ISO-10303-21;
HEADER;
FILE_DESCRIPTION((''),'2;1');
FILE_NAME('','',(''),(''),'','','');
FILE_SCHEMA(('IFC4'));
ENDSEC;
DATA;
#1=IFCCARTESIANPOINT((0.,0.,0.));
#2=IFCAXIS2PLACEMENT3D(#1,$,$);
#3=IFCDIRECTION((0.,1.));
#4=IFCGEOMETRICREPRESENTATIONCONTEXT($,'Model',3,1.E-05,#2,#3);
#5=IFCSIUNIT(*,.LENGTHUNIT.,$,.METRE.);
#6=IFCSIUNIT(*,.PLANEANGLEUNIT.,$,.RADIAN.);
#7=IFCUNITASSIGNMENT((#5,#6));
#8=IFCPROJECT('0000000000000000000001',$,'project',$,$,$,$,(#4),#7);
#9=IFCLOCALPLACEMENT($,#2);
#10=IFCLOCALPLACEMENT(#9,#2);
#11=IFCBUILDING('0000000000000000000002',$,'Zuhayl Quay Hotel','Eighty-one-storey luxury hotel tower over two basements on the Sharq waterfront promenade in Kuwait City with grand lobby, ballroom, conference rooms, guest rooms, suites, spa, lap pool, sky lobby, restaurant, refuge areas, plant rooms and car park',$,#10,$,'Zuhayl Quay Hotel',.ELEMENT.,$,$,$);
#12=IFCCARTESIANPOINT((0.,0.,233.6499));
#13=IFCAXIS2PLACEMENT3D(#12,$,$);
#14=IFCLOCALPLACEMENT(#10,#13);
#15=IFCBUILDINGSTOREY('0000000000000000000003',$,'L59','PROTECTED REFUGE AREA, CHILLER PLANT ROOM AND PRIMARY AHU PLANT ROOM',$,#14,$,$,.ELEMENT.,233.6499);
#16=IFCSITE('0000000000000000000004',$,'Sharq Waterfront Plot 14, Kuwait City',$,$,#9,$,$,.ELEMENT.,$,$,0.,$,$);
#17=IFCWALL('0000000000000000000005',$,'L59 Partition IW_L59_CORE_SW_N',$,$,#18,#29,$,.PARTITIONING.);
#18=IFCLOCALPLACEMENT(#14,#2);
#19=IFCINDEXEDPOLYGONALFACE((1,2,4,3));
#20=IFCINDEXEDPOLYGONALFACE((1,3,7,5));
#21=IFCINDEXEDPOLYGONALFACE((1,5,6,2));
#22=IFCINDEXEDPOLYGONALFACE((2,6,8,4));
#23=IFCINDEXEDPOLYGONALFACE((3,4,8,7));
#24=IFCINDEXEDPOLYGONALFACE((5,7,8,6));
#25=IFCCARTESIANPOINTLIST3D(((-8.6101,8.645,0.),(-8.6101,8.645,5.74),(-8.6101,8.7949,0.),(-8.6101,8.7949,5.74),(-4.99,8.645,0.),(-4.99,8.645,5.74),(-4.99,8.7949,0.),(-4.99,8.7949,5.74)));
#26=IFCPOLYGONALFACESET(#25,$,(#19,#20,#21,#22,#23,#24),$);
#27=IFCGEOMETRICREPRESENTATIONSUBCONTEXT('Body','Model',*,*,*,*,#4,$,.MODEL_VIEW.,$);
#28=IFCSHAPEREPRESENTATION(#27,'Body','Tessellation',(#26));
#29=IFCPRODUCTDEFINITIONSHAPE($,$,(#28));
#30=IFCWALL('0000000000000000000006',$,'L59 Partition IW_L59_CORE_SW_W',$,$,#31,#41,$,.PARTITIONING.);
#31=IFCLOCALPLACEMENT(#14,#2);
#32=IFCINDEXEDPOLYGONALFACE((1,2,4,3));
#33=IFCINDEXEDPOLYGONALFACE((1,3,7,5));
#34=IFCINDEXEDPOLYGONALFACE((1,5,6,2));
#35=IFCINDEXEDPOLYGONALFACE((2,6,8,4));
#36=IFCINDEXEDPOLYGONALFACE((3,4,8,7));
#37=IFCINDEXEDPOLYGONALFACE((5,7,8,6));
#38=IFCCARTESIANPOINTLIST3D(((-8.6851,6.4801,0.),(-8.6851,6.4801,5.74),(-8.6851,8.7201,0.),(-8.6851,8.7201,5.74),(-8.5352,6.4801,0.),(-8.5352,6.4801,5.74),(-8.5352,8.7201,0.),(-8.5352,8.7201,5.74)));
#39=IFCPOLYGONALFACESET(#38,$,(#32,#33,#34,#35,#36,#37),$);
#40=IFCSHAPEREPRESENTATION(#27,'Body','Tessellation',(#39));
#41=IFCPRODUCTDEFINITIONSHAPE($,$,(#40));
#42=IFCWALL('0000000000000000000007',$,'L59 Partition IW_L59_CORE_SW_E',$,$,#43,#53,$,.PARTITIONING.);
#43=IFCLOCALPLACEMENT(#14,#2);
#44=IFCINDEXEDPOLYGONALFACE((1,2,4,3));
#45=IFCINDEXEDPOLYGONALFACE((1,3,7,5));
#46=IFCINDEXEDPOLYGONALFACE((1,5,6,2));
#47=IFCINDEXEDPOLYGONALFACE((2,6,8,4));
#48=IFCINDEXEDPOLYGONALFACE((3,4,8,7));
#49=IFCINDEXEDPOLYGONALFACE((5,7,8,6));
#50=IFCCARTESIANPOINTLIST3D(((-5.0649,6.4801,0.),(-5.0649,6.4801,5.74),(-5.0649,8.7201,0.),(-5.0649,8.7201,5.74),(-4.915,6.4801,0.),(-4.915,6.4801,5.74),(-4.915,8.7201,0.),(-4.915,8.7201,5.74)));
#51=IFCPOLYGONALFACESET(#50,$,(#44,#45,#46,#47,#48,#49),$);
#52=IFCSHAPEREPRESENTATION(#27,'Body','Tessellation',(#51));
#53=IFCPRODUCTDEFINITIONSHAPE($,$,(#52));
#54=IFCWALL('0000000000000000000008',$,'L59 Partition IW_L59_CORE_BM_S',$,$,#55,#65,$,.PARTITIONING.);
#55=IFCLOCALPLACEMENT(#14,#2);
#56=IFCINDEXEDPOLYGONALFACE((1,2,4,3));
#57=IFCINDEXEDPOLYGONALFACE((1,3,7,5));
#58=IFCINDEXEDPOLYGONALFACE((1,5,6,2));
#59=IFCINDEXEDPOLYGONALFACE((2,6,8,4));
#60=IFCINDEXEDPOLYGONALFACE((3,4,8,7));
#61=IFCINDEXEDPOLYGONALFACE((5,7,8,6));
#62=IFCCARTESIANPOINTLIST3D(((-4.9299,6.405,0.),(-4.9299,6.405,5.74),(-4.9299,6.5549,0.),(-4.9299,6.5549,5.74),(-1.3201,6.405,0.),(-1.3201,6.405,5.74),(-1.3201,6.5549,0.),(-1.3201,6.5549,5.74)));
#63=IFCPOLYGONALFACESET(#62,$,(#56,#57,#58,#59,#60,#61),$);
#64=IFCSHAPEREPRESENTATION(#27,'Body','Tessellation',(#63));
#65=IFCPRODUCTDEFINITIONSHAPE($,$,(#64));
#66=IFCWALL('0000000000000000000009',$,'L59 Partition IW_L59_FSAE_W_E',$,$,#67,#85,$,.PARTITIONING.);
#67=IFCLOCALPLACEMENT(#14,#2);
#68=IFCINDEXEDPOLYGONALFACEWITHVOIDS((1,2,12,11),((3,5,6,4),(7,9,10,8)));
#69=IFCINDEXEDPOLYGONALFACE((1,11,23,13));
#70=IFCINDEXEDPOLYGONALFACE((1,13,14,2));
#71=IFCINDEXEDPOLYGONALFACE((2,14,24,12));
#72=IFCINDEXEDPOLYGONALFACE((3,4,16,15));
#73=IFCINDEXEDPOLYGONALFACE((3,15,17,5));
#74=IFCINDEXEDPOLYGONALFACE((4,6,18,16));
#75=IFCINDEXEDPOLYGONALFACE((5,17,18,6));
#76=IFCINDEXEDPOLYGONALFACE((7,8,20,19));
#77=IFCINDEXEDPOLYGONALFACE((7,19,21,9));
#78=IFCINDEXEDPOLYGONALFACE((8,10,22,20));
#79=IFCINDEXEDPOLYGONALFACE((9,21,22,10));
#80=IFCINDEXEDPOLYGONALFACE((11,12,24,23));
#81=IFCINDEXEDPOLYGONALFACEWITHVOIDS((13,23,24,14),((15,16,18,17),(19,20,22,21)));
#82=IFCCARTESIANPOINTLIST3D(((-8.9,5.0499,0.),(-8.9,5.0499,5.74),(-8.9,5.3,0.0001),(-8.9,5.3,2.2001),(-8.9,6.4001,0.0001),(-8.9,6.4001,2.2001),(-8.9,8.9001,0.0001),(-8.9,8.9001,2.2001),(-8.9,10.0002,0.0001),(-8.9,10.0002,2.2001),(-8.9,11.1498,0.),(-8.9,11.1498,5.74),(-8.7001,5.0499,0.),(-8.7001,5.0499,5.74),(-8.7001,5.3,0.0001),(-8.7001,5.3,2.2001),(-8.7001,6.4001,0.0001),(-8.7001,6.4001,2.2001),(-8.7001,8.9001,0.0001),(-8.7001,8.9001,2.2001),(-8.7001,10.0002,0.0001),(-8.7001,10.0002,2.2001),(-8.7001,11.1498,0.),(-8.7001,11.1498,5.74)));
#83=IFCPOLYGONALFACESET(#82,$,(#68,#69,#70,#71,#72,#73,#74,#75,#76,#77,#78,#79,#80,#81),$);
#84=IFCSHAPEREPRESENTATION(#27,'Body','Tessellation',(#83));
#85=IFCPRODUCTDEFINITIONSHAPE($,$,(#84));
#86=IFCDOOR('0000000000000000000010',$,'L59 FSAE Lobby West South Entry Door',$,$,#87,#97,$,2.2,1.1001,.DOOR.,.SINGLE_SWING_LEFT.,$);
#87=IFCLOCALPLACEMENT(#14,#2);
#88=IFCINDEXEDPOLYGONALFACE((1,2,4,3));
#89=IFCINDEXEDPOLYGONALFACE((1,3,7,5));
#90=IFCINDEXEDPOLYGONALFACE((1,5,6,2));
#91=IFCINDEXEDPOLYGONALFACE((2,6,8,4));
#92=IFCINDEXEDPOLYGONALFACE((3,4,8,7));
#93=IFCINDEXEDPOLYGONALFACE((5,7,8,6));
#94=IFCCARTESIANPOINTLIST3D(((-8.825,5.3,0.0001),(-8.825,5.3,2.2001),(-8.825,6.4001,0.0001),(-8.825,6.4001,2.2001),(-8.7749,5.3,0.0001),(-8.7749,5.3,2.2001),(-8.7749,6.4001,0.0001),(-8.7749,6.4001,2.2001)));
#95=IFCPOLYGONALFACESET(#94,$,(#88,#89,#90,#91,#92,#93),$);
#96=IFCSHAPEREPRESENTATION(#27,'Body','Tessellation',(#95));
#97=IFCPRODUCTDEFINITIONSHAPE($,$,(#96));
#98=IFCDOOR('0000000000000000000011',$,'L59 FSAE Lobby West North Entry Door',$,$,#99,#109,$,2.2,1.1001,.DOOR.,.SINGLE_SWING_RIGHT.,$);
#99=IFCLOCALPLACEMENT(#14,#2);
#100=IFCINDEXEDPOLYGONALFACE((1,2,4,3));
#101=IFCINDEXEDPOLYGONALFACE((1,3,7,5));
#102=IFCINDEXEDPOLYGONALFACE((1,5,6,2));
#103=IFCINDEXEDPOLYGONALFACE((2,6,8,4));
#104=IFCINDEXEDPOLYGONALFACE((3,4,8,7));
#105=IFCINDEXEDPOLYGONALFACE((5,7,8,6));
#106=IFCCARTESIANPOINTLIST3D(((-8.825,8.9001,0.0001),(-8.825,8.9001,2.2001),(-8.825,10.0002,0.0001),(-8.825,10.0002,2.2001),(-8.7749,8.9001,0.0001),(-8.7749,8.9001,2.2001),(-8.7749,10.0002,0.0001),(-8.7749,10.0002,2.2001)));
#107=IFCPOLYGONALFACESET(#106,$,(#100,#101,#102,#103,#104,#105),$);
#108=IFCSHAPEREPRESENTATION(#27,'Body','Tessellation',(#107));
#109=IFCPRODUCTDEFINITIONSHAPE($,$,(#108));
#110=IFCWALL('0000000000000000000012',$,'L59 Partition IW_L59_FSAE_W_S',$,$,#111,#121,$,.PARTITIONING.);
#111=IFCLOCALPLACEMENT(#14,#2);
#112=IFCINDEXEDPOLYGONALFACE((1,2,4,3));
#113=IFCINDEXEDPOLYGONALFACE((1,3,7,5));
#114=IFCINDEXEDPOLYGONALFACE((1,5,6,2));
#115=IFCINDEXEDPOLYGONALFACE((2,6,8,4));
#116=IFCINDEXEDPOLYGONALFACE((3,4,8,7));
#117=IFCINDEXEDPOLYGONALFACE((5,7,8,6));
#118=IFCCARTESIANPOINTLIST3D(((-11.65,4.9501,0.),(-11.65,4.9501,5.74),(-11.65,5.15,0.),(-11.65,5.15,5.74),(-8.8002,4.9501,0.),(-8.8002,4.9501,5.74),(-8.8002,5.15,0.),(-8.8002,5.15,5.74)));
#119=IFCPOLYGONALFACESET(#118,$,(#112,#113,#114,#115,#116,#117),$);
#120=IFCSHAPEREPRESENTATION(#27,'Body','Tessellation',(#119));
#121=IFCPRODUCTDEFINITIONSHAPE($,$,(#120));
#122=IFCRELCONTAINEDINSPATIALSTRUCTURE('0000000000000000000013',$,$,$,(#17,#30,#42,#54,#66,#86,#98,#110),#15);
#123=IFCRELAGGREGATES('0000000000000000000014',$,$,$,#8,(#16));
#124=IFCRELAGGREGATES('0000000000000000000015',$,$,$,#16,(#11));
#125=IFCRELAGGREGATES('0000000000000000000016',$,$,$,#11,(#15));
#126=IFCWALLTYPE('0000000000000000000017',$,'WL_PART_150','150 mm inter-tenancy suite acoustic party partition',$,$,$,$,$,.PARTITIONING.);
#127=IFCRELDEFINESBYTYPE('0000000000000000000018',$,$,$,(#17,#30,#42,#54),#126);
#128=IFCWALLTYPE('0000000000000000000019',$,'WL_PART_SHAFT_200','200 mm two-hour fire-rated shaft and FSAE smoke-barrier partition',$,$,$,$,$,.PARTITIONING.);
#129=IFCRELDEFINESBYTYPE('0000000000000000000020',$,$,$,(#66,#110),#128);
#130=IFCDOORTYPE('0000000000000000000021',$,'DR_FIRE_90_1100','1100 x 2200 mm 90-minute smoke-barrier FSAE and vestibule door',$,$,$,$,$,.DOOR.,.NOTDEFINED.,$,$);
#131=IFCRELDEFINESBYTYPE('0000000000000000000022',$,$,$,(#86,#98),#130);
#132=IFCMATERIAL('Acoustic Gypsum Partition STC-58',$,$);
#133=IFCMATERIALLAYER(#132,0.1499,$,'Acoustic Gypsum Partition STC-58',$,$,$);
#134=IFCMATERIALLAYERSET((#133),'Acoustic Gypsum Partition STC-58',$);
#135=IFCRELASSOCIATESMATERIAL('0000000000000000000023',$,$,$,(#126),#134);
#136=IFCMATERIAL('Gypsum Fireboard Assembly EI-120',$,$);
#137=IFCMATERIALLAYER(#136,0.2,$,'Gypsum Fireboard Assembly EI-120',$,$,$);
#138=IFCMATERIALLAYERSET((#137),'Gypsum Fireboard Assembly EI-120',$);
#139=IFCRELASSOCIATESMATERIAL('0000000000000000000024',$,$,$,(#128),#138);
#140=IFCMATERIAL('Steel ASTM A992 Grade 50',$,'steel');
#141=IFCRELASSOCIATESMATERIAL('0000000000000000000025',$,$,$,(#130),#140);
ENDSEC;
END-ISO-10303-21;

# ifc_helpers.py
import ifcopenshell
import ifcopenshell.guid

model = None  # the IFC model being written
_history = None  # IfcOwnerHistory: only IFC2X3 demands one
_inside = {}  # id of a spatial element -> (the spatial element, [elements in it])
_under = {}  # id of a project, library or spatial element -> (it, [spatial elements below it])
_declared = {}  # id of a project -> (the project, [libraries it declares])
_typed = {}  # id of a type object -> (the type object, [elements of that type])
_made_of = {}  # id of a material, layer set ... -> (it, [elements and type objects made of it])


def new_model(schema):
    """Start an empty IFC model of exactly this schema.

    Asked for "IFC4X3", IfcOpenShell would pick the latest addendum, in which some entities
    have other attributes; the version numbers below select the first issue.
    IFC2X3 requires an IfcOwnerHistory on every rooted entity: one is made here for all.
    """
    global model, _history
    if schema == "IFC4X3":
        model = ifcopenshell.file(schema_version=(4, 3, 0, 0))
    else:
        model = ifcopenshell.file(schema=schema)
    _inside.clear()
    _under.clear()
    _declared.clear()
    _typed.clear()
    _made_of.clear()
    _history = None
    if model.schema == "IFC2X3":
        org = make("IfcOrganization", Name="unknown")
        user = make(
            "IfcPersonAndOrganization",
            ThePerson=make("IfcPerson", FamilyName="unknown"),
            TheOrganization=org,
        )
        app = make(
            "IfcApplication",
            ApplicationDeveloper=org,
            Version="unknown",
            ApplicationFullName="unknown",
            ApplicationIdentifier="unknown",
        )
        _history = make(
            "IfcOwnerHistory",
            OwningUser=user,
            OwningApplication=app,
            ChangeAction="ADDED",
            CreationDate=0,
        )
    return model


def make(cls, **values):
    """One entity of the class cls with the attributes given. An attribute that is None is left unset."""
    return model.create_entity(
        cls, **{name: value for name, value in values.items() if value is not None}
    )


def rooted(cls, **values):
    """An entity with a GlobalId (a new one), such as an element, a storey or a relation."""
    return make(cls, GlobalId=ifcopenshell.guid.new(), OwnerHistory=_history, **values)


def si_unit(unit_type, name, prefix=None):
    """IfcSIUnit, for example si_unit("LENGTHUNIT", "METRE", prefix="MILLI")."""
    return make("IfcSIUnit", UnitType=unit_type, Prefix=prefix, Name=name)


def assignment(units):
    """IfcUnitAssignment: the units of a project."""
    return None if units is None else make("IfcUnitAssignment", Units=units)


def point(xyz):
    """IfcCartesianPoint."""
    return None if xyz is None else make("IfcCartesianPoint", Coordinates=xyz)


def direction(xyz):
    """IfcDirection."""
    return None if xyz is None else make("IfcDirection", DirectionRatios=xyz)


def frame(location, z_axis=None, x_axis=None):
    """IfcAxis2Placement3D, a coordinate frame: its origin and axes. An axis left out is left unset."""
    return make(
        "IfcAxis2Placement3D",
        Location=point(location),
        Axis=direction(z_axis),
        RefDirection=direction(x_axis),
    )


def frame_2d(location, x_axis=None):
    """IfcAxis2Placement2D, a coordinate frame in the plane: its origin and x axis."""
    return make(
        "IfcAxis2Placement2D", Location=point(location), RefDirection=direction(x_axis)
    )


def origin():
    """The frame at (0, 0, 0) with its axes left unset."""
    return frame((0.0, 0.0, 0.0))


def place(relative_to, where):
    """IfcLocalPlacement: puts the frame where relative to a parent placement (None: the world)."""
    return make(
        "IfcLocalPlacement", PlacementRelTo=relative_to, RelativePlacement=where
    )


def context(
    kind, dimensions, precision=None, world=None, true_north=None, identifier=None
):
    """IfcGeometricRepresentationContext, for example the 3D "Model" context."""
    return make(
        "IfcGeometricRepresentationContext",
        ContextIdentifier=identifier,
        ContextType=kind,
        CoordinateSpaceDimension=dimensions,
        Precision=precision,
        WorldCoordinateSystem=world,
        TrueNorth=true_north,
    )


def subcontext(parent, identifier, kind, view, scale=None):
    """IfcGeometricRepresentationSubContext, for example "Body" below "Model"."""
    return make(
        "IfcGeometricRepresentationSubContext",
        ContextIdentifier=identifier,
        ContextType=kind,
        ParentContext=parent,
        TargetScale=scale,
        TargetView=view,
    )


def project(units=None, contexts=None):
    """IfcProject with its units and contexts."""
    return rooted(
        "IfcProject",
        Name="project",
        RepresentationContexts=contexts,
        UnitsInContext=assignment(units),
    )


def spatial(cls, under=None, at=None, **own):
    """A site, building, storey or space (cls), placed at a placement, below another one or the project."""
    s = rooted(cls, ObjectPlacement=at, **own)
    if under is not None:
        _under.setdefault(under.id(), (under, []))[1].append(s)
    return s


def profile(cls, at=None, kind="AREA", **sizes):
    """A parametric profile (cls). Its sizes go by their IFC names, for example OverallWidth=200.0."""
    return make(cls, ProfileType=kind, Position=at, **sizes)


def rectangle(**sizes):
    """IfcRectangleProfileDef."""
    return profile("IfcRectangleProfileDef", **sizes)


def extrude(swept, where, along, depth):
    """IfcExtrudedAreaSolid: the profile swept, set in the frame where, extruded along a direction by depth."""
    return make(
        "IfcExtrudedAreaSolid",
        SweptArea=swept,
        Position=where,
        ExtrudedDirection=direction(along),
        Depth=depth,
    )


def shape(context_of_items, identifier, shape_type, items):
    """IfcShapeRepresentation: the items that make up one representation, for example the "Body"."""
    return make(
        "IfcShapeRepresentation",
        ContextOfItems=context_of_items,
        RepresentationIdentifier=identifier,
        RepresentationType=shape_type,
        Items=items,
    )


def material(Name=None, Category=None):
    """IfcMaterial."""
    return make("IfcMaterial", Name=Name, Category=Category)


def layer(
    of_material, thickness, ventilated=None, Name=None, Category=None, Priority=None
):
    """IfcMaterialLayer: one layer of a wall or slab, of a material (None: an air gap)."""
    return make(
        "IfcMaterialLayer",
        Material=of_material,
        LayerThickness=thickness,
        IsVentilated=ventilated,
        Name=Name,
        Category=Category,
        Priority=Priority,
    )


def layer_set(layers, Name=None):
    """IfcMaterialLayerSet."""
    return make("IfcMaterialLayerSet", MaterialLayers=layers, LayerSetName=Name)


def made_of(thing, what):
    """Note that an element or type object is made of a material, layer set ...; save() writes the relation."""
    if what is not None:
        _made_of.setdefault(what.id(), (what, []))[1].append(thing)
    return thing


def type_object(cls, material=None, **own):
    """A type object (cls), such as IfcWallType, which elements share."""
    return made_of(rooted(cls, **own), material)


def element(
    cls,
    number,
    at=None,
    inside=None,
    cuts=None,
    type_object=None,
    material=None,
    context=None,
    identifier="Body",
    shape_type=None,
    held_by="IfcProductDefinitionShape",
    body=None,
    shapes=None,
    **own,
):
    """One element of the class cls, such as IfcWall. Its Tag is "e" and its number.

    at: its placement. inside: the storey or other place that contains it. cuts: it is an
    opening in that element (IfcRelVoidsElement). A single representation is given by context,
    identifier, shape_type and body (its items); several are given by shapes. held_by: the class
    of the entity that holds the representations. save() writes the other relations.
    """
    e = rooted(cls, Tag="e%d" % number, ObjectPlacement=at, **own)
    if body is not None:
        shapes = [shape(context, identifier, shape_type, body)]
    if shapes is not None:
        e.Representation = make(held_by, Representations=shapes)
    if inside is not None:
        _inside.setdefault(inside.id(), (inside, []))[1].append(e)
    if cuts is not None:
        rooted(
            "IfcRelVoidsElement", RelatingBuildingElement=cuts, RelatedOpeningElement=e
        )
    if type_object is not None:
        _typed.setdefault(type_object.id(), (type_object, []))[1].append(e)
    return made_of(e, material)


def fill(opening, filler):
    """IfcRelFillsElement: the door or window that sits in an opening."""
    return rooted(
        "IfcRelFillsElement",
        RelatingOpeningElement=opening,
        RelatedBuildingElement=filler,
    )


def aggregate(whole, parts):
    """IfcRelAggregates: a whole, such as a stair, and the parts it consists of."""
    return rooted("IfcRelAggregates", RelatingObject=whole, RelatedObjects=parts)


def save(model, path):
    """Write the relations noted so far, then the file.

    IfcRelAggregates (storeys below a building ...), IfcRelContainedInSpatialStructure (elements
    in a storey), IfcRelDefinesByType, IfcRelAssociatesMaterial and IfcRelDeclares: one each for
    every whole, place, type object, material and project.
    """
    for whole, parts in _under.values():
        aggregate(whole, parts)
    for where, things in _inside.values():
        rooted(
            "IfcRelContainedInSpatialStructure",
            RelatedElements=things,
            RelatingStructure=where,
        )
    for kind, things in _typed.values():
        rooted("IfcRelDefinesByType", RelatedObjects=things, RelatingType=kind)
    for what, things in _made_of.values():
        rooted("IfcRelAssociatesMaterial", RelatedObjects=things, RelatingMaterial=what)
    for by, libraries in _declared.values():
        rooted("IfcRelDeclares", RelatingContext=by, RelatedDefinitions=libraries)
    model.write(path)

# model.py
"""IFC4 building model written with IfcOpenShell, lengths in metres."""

from ifc_helpers import new_model, si_unit, direction, frame, frame_2d, origin, place, context, subcontext, project, spatial, rectangle, extrude, material, layer, layer_set, type_object, element, fill, save


model = new_model("IFC4")

# Units and contexts
model_context = context("Model", 3, precision=1e-05, world=origin(), true_north=direction((0.0, 1.0)))
body_context = subcontext(model_context, "Body", "Model", "MODEL_VIEW")
ifc_project = project(units=[si_unit("LENGTHUNIT", "METRE"), si_unit("PLANEANGLEUNIT", "RADIAN")], contexts=[model_context])

# Site, building, storey
site_placement = place(None, origin())
site = spatial("IfcSite", under=ifc_project, at=site_placement, Name="Sharq Waterfront Plot 14, Kuwait City", CompositionType="ELEMENT", RefElevation=0.0)
building_placement = place(site_placement, origin())
building = spatial("IfcBuilding", under=site, at=building_placement, Name="Zuhayl Quay Hotel", Description="Eighty-one-storey luxury hotel tower over two basements on the Sharq waterfront promenade in Kuwait City with grand lobby, ballroom, conference rooms, guest rooms, suites, spa, lap pool, sky lobby, restaurant, refuge areas, plant rooms and car park", LongName="Zuhayl Quay Hotel", CompositionType="ELEMENT")
storey_placement = place(building_placement, frame((0.0, 0.0, 233.6499)))
storey = spatial("IfcBuildingStorey", under=building, at=storey_placement, Name="L59", Description="PROTECTED REFUGE AREA, CHILLER PLANT ROOM AND PRIMARY AHU PLANT ROOM", CompositionType="ELEMENT", Elevation=233.6499)

# Shared definitions
ifc_material_1 = material(Name="Acoustic Gypsum Partition STC-58")
ifc_layer_1 = layer(ifc_material_1, 0.1499, Name="Acoustic Gypsum Partition STC-58")
ifc_layer_set_1 = layer_set([ifc_layer_1], Name="Acoustic Gypsum Partition STC-58")
wall_type_1 = type_object("IfcWallType", Name="WL_PART_150", Description="150 mm inter-tenancy suite acoustic party partition", PredefinedType="PARTITIONING", material=ifc_layer_set_1)
ifc_material_2 = material(Name="Steel ASTM A992 Grade 50", Category="steel")

# Walls
wall_1_placement = place(storey_placement, frame((-8.6101, 8.72, 0.0), z_axis=(0.0, 0.0, 1.0), x_axis=(1.0, 0.0, 0.0)))
element("IfcWall", 1, at=wall_1_placement, inside=storey, type_object=wall_type_1, Name="L59 Partition IW_L59_CORE_SW_N", PredefinedType="PARTITIONING", context=body_context, shape_type="SweptSolid", body=[
    extrude(rectangle(XDim=3.6201, YDim=0.1499, at=frame_2d((1.8101, 0.0))), origin(), (0.0, 0.0, 1.0), 5.74),
])
for number, where, z_axis, x_axis, name in (
    (2, (-8.6101, 6.48, 0.0), (0.0, 0.0, 1.0), (0.0, 1.0, 0.0), "L59 Partition IW_L59_CORE_SW_W"),
    (3, (-4.99, 6.48, 0.0), (0.0, 0.0, 1.0), (0.0, 1.0, 0.0), "L59 Partition IW_L59_CORE_SW_E"),
):
    element("IfcWall", number, at=place(storey_placement, frame(where, z_axis=z_axis, x_axis=x_axis)), inside=storey, type_object=wall_type_1, Name=name, PredefinedType="PARTITIONING", context=body_context, shape_type="SweptSolid", body=[
        extrude(rectangle(XDim=2.24, YDim=0.1499, at=frame_2d((1.1201, 0.0))), origin(), (0.0, 0.0, 1.0), 5.74),
    ])
wall_2_placement = place(storey_placement, frame((-4.9299, 6.48, 0.0), z_axis=(0.0, 0.0, 1.0), x_axis=(1.0, 0.0, 0.0)))
element("IfcWall", 4, at=wall_2_placement, inside=storey, type_object=wall_type_1, Name="L59 Partition IW_L59_CORE_BM_S", PredefinedType="PARTITIONING", context=body_context, shape_type="SweptSolid", body=[
    extrude(rectangle(XDim=3.6099, YDim=0.1499, at=frame_2d((1.8049, 0.0))), origin(), (0.0, 0.0, 1.0), 5.74),
])

# Wall, openings, doors
ifc_material_3 = material(Name="Gypsum Fireboard Assembly EI-120")
ifc_layer_2 = layer(ifc_material_3, 0.2, Name="Gypsum Fireboard Assembly EI-120")
ifc_layer_set_2 = layer_set([ifc_layer_2], Name="Gypsum Fireboard Assembly EI-120")
wall_type_2 = type_object("IfcWallType", Name="WL_PART_SHAFT_200", Description="200 mm two-hour fire-rated shaft and FSAE smoke-barrier partition", PredefinedType="PARTITIONING", material=ifc_layer_set_2)
wall_3_placement = place(storey_placement, frame((-8.8, 5.05, 0.0), z_axis=(0.0, 0.0, 1.0), x_axis=(0.0, 1.0, 0.0)))
wall_3 = element("IfcWall", 5, at=wall_3_placement, inside=storey, type_object=wall_type_2, Name="L59 Partition IW_L59_FSAE_W_E", PredefinedType="PARTITIONING", context=body_context, shape_type="SweptSolid", body=[
    extrude(rectangle(XDim=6.0999, YDim=0.2, at=frame_2d((3.0498, 0.0))), origin(), (0.0, 0.0, 1.0), 5.74),
])
opening_1_placement = place(wall_3_placement, frame((0.25, 0.0, 0.0)))
opening_1 = element("IfcOpeningElement", 6, at=opening_1_placement, cuts=wall_3, PredefinedType="OPENING", context=body_context, shape_type="SweptSolid", body=[
    extrude(rectangle(XDim=1.1001, YDim=2.2, at=frame_2d((0.55, 1.1001))), frame((0.0, 0.1099, 0.0), z_axis=(0.0, -1.0, 0.0), x_axis=(1.0, 0.0, 0.0)), (0.0, 0.0, 1.0), 0.22),
])
opening_2_placement = place(wall_3_placement, frame((3.8501, 0.0, 0.0)))
opening_2 = element("IfcOpeningElement", 7, at=opening_2_placement, cuts=wall_3, PredefinedType="OPENING", context=body_context, shape_type="SweptSolid", body=[
    extrude(rectangle(XDim=1.1001, YDim=2.2, at=frame_2d((0.55, 1.1001))), frame((0.0, 0.1099, 0.0), z_axis=(0.0, -1.0, 0.0), x_axis=(1.0, 0.0, 0.0)), (0.0, 0.0, 1.0), 0.22),
])
door_type_1 = type_object("IfcDoorType", Name="DR_FIRE_90_1100", Description="1100 x 2200 mm 90-minute smoke-barrier FSAE and vestibule door", OperationType="NOTDEFINED", PredefinedType="DOOR", material=ifc_material_2)
door_1_placement = place(opening_1_placement, origin())
door_1 = element("IfcDoor", 8, at=door_1_placement, inside=storey, type_object=door_type_1, Name="L59 FSAE Lobby West South Entry Door", OperationType="SINGLE_SWING_LEFT", OverallHeight=2.2, OverallWidth=1.1001, PredefinedType="DOOR", context=body_context, shape_type="SweptSolid", body=[
    extrude(rectangle(XDim=1.1001, YDim=2.2, at=frame_2d((0.55, 1.1001))), frame((0.0, 0.0249, 0.0), z_axis=(0.0, -1.0, 0.0), x_axis=(1.0, 0.0, 0.0)), (0.0, 0.0, 1.0), 0.05),
])
fill(opening_1, door_1)
door_2_placement = place(opening_2_placement, origin())
door_2 = element("IfcDoor", 9, at=door_2_placement, inside=storey, type_object=door_type_1, Name="L59 FSAE Lobby West North Entry Door", OperationType="SINGLE_SWING_RIGHT", OverallHeight=2.2, OverallWidth=1.1001, PredefinedType="DOOR", context=body_context, shape_type="SweptSolid", body=[
    extrude(rectangle(XDim=1.1001, YDim=2.2, at=frame_2d((0.55, 1.1001))), frame((0.0, 0.0249, 0.0), z_axis=(0.0, -1.0, 0.0), x_axis=(1.0, 0.0, 0.0)), (0.0, 0.0, 1.0), 0.05),
])
fill(opening_2, door_2)

# Wall
wall_4_placement = place(storey_placement, frame((-11.6499, 5.05, 0.0), z_axis=(0.0, 0.0, 1.0), x_axis=(1.0, 0.0, 0.0)))
element("IfcWall", 10, at=wall_4_placement, inside=storey, type_object=wall_type_2, Name="L59 Partition IW_L59_FSAE_W_S", PredefinedType="PARTITIONING", context=body_context, shape_type="SweptSolid", body=[
    extrude(rectangle(XDim=2.8499, YDim=0.2, at=frame_2d((1.4248, 0.0))), origin(), (0.0, 0.0, 1.0), 5.74),
])

save(model, "model.ifc")
